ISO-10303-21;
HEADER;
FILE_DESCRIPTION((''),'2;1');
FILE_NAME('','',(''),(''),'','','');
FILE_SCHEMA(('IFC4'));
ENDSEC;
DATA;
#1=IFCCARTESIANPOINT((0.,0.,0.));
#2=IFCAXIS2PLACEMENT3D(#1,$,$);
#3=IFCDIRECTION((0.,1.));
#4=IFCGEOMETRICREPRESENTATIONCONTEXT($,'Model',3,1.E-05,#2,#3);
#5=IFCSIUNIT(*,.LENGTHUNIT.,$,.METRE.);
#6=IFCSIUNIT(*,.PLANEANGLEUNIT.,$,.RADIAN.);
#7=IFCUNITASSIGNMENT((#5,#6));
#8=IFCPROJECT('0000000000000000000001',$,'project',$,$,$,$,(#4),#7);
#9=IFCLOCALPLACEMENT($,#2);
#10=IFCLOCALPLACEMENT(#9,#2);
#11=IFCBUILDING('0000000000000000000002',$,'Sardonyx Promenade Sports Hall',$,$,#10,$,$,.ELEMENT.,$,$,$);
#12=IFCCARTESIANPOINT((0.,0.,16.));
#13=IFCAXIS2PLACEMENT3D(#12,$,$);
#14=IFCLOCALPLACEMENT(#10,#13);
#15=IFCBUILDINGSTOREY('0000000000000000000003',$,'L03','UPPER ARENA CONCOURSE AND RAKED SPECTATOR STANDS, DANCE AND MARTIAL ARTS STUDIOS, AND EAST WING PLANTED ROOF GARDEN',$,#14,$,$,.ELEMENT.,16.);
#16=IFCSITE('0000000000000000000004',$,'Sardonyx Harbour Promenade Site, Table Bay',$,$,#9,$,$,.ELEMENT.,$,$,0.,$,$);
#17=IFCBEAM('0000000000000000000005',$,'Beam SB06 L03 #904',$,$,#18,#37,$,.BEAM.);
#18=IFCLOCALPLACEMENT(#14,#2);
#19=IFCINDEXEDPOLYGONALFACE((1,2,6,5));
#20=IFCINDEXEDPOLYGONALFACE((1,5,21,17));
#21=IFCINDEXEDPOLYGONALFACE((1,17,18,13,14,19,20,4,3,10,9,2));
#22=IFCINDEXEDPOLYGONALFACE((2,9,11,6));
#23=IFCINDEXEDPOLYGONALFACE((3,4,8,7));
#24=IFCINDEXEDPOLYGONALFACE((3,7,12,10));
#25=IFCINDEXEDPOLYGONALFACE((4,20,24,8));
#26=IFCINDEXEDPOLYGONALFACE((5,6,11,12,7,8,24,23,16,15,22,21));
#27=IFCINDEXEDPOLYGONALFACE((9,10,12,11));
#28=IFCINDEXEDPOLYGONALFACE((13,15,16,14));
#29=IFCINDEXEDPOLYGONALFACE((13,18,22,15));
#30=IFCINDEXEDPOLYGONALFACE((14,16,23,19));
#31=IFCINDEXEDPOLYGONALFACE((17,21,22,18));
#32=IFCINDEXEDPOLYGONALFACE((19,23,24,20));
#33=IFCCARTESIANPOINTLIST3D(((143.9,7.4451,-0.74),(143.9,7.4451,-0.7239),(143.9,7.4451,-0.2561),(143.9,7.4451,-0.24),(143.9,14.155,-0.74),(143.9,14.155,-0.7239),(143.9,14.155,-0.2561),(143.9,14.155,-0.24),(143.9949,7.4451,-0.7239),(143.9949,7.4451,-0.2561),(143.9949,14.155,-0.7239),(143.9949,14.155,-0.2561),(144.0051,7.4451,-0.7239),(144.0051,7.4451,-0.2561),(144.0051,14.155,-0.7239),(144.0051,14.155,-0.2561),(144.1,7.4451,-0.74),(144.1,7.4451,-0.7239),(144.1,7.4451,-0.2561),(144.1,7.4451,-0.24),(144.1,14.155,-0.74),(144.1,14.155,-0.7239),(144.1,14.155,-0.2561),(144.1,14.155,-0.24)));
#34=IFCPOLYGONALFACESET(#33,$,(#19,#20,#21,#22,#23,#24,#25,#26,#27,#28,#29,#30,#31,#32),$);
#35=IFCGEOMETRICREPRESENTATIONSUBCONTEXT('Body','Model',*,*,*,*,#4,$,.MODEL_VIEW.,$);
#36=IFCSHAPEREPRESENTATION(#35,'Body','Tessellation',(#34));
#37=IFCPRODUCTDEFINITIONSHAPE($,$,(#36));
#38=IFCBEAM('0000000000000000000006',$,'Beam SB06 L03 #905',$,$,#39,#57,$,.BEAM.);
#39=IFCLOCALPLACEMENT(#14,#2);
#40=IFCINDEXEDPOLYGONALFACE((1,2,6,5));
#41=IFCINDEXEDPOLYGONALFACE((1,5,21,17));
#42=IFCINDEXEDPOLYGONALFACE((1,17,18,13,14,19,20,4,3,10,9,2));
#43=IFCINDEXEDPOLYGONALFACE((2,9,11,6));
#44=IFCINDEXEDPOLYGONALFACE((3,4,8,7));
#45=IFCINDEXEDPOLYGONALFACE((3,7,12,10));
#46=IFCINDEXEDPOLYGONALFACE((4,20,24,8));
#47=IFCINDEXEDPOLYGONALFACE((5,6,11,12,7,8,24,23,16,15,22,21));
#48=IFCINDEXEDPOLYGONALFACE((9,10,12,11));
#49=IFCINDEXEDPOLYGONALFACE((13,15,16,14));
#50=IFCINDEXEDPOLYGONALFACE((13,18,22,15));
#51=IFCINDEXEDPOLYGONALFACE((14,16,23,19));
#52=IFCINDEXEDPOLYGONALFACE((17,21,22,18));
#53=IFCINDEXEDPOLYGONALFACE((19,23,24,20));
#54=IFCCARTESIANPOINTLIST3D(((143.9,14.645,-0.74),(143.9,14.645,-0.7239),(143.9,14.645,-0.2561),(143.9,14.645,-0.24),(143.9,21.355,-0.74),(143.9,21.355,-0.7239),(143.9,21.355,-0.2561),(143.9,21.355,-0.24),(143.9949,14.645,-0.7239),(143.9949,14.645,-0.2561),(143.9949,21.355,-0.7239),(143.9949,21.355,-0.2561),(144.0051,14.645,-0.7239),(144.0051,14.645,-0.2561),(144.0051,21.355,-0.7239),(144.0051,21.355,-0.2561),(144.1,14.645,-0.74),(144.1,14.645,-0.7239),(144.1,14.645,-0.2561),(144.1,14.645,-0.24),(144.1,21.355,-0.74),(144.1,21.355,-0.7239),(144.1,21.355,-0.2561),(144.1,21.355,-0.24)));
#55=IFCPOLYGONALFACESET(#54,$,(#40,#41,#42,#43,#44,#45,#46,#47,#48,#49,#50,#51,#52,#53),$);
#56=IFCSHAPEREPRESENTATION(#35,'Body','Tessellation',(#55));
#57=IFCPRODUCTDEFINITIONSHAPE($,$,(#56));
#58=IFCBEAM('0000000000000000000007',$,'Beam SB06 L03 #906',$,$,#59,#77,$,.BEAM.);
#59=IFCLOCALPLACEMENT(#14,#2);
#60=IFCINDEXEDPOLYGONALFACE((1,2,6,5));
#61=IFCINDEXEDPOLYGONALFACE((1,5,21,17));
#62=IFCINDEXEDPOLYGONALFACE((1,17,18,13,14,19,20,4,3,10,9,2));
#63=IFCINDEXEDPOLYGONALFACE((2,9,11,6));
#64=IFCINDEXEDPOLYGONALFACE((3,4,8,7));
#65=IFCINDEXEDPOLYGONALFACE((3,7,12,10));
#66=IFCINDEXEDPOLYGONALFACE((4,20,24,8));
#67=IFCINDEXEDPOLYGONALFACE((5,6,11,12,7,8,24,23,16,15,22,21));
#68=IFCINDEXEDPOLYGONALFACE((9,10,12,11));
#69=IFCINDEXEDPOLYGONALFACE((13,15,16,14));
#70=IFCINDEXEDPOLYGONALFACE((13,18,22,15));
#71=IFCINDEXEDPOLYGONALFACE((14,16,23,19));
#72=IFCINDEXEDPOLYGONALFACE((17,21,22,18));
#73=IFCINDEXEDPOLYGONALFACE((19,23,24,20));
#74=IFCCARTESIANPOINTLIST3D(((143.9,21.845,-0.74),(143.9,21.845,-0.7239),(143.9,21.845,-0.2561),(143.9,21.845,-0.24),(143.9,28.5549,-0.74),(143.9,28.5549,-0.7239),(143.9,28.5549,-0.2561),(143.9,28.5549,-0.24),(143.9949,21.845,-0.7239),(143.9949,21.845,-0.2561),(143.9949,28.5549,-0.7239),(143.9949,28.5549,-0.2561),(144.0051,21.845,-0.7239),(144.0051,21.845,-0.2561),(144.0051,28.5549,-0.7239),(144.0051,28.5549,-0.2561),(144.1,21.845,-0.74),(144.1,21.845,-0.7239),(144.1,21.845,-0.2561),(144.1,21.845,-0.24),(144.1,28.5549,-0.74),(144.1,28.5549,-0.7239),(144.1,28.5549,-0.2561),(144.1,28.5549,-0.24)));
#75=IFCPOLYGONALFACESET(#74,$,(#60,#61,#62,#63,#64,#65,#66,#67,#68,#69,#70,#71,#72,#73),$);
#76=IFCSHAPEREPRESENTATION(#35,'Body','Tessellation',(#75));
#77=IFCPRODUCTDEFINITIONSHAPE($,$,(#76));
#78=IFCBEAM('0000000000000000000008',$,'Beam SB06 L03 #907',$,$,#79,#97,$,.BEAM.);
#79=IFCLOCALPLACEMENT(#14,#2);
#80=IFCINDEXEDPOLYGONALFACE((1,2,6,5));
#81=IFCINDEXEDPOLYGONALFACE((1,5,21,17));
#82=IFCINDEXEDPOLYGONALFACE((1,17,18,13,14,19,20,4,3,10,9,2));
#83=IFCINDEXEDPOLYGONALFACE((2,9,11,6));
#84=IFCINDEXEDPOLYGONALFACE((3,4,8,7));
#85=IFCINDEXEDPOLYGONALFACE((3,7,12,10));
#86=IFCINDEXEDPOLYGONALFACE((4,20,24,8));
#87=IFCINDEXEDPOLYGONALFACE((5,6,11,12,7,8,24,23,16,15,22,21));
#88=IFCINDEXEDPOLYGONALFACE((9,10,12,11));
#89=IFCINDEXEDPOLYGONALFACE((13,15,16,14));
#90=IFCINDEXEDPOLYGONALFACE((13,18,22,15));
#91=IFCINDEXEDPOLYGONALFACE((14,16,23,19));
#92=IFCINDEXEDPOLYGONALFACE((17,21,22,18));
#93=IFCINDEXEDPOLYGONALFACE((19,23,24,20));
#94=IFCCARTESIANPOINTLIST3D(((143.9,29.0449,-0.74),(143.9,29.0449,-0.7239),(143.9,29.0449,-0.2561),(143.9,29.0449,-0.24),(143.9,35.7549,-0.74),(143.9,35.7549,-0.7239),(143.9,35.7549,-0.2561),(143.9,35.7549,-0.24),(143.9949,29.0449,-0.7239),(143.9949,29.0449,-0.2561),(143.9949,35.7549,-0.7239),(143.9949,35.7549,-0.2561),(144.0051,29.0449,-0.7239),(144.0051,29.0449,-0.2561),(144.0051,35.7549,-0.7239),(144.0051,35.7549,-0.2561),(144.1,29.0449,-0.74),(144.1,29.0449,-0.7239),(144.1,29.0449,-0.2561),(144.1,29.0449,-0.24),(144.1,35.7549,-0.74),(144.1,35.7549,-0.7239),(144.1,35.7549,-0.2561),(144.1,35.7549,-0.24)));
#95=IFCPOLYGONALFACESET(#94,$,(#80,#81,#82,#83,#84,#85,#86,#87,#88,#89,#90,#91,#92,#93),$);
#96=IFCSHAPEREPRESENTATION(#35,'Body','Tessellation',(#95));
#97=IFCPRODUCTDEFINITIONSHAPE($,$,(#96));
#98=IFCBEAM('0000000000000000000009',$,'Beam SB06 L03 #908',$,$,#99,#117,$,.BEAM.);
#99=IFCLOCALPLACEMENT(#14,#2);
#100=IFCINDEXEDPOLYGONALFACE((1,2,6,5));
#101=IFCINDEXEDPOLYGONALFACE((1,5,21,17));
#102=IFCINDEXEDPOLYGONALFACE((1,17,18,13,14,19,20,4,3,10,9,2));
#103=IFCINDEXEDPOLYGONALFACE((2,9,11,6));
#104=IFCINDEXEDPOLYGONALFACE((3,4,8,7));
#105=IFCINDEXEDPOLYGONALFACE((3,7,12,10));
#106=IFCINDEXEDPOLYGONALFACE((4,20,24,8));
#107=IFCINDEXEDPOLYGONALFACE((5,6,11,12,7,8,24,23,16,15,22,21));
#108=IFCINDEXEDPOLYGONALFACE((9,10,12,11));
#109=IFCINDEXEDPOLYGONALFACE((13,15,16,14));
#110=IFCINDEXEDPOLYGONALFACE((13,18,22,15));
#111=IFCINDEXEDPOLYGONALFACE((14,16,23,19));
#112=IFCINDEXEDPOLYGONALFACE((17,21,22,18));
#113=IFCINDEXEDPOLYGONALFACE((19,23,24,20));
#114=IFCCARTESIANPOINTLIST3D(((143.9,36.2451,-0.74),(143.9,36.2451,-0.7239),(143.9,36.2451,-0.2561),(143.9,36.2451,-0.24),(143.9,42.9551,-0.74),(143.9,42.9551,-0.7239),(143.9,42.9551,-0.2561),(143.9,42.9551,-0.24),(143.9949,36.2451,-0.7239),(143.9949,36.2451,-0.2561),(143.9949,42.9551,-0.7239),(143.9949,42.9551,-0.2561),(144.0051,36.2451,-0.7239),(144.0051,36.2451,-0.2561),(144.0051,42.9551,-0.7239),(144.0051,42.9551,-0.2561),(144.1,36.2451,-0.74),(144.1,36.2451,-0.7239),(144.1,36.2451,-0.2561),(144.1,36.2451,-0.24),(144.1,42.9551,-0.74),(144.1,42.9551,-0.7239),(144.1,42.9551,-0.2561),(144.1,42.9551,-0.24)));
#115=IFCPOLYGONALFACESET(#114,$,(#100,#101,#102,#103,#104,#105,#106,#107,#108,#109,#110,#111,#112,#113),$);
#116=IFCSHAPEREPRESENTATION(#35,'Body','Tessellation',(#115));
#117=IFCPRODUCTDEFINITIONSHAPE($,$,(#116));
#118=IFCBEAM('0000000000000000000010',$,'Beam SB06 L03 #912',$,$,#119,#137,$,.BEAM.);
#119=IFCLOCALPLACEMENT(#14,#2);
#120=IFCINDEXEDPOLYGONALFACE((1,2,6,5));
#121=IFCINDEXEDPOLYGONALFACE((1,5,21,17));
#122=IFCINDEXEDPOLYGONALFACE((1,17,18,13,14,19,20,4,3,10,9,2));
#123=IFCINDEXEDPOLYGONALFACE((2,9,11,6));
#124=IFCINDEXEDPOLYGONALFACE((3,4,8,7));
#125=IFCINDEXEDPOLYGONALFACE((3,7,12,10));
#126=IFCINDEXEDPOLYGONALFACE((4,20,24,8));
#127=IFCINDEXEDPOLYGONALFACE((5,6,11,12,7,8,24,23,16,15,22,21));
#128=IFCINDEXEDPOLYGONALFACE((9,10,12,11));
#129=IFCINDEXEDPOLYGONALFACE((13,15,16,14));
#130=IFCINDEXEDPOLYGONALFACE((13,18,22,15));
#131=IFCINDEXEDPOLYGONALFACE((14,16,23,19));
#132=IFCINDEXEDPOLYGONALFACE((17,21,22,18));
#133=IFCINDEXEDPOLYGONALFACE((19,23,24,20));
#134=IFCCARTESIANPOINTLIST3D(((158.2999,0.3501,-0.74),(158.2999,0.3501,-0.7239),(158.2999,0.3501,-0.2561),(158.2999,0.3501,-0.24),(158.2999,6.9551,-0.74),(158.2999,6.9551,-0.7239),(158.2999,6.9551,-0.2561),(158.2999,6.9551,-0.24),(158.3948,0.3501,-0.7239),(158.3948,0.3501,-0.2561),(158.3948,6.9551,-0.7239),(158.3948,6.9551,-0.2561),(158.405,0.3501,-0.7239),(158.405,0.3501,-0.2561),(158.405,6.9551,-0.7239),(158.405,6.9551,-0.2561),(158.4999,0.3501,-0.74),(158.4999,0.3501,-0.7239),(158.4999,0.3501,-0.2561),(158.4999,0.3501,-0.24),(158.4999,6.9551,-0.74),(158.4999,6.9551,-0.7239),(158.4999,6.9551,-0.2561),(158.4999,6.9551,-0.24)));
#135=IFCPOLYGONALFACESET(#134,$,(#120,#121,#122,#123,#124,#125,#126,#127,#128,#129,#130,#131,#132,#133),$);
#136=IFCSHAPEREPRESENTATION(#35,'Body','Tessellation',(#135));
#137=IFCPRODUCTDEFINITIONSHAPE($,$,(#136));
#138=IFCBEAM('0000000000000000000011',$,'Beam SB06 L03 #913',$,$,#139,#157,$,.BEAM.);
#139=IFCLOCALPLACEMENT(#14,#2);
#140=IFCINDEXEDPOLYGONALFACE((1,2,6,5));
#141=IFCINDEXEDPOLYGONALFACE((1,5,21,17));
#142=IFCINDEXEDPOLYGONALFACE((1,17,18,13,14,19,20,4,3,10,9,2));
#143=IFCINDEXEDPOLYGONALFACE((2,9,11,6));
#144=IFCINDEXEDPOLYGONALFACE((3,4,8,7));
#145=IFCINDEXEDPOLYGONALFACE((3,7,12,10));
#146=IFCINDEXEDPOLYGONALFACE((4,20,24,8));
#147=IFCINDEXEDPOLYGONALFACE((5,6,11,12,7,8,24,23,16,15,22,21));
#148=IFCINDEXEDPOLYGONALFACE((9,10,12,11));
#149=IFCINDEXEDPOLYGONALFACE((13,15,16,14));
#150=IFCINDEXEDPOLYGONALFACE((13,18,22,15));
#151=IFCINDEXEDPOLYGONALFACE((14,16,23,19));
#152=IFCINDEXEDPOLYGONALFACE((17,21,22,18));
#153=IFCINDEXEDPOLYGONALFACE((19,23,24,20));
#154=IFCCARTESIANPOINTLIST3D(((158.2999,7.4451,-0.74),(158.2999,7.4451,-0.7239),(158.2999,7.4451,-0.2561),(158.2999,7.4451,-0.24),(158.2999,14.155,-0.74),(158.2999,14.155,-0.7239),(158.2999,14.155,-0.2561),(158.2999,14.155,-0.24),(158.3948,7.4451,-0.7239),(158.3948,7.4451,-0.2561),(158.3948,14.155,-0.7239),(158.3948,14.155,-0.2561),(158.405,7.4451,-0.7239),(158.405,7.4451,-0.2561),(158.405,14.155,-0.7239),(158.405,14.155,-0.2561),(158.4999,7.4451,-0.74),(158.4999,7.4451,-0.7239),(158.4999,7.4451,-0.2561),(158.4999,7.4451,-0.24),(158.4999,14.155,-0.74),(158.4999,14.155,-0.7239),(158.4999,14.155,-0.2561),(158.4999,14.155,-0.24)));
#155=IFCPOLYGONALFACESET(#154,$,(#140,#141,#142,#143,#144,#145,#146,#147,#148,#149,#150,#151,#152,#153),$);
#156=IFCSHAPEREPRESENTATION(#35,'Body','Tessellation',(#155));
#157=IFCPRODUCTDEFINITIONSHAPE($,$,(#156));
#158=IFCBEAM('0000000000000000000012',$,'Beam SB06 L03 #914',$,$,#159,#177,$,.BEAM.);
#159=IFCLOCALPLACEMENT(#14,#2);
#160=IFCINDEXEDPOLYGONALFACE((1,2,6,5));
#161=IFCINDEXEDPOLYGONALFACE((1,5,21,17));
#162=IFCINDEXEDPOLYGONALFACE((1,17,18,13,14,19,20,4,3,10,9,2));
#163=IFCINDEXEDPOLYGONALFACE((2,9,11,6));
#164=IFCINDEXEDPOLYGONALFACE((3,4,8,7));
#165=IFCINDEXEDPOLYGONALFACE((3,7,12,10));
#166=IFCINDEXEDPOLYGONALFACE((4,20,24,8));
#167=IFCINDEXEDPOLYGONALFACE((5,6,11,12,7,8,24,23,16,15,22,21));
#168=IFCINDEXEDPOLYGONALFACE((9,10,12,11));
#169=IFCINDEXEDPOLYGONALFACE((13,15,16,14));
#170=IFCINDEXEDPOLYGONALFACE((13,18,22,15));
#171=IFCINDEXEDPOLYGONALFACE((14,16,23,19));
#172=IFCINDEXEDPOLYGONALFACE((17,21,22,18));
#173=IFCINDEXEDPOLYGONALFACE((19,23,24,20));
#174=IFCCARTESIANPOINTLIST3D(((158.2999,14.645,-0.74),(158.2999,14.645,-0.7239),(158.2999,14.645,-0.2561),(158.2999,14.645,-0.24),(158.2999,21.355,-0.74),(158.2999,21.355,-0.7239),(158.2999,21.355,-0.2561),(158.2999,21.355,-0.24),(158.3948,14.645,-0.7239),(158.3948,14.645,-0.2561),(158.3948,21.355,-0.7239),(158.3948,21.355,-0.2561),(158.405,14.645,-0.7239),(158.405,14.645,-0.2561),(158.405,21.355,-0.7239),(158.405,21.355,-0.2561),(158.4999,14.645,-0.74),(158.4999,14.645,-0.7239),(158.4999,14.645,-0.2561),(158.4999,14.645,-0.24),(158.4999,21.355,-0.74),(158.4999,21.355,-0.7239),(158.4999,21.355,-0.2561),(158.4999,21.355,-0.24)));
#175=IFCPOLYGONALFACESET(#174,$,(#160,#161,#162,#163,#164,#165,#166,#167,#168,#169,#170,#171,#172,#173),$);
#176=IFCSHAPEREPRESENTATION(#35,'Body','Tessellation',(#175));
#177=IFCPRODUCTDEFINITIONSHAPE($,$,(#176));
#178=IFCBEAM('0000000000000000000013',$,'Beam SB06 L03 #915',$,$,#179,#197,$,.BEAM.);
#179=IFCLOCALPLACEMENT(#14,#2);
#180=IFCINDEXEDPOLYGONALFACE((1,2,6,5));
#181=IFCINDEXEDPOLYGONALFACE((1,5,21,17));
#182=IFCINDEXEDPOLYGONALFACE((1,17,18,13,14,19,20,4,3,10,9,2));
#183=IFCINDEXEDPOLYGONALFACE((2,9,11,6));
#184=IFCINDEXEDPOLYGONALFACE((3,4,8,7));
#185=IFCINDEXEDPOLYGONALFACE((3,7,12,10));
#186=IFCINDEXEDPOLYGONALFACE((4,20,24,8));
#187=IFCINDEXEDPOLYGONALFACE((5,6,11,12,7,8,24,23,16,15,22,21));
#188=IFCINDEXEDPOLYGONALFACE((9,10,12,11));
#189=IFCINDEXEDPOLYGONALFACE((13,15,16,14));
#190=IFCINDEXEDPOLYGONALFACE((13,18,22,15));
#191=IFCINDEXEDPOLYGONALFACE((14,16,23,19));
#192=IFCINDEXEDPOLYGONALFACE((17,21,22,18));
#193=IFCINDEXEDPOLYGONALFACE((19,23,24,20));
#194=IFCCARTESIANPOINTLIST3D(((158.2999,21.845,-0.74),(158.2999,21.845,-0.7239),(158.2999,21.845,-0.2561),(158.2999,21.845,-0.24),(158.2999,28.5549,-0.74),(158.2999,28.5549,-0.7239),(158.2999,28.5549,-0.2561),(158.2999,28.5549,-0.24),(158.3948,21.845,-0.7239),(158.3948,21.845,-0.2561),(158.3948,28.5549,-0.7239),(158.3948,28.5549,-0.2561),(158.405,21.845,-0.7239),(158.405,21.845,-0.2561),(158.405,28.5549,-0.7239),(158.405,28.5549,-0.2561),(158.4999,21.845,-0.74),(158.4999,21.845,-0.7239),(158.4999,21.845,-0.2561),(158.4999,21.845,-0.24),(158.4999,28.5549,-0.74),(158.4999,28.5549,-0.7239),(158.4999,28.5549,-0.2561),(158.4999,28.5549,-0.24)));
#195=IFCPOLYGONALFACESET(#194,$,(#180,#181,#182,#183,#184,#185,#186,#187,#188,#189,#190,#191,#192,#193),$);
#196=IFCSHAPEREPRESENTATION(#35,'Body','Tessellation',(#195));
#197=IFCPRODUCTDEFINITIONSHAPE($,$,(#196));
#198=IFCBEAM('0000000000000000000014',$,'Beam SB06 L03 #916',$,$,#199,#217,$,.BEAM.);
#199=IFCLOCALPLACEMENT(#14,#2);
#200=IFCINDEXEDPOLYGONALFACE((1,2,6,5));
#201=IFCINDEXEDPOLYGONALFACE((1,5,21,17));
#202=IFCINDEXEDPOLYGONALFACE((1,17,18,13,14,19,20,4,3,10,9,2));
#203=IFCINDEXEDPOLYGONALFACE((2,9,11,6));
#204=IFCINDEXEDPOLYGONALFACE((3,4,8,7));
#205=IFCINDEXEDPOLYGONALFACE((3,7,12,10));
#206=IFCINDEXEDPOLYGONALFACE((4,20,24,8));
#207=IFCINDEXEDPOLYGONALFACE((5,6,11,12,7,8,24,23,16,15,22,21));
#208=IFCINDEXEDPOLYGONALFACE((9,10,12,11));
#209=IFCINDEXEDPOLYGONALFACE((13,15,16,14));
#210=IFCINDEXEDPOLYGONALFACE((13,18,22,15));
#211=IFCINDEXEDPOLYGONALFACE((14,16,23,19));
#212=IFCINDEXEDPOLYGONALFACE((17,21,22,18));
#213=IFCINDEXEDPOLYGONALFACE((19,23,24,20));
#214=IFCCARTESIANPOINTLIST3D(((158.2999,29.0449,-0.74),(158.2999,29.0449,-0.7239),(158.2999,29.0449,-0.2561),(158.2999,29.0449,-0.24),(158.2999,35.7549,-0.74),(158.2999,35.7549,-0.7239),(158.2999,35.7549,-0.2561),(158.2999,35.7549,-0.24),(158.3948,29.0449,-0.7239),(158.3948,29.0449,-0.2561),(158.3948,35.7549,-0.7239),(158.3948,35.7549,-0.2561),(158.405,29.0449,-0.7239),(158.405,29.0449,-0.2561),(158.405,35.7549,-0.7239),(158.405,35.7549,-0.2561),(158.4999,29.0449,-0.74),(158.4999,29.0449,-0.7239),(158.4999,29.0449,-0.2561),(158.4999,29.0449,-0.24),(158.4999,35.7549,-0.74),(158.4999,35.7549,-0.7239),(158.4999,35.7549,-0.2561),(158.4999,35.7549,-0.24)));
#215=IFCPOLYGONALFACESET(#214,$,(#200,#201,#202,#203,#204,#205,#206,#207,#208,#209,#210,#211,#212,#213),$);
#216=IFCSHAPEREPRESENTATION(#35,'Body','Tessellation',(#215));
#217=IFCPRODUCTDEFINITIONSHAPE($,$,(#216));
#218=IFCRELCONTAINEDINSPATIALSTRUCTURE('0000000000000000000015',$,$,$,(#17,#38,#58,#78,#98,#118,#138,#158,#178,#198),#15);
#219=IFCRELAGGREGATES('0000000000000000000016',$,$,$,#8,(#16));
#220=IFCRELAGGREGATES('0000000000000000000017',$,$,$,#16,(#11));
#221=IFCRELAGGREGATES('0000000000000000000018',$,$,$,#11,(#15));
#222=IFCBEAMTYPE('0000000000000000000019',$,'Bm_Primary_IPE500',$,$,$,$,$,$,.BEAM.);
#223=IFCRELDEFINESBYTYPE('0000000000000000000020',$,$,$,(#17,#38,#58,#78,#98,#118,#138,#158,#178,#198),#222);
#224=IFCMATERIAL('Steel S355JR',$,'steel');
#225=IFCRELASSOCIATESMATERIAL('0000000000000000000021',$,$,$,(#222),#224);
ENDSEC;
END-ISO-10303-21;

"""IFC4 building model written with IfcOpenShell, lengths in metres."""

from ifc_helpers import new_model, si_unit, direction, frame, origin, origin_2d, place, context, subcontext, project, spatial, i_section, extrude, material, material_profile, profile_set, type_object, element, save


model = new_model("IFC4")

# Units and contexts
model_context = context("Model", 3, precision=1e-05, world=origin(), true_north=direction((0.0, 1.0)))
body_context = subcontext(model_context, "Body", "Model", "MODEL_VIEW")
ifc_project = project(units=[si_unit("LENGTHUNIT", "METRE"), si_unit("PLANEANGLEUNIT", "RADIAN")], contexts=[model_context])

# Site, building, storey
site_placement = place(None, origin())
site = spatial("IfcSite", under=ifc_project, at=site_placement, Name="Sardonyx Harbour Promenade Site, Table Bay", CompositionType="ELEMENT", RefElevation=0.0)
building_placement = place(site_placement, origin())
building = spatial("IfcBuilding", under=site, at=building_placement, Name="Sardonyx Promenade Sports Hall", CompositionType="ELEMENT")
storey_placement = place(building_placement, frame((0.0, 0.0, 16.0)))
storey = spatial("IfcBuildingStorey", under=building, at=storey_placement, Name="L03", Description="UPPER ARENA CONCOURSE AND RAKED SPECTATOR STANDS, DANCE AND MARTIAL ARTS STUDIOS, AND EAST WING PLANTED ROOF GARDEN", CompositionType="ELEMENT", Elevation=16.0)

# Beams
ifc_material_1 = material(Name="Steel S355JR", Category="steel")
ifc_material_profile_1 = material_profile(ifc_material_1, i_section(OverallWidth=0.2, OverallDepth=0.5, WebThickness=0.0103, FlangeThickness=0.0161, at=origin_2d()))
ifc_profile_set_1 = profile_set([ifc_material_profile_1], Name="Steel S355JR")
beam_type_1 = type_object("IfcBeamType", Name="Bm_Primary_IPE500", PredefinedType="BEAM", material=ifc_profile_set_1)
for number, where, z_axis, x_axis, name in (
    (1, (144.0, 7.4451, -0.49), (0.0, 1.0, 0.0), (-1.0, 0.0, 0.0), "Beam SB06 L03 #904"),
    (2, (144.0, 14.645, -0.49), (0.0, 1.0, 0.0), (-1.0, 0.0, 0.0), "Beam SB06 L03 #905"),
    (3, (144.0, 21.845, -0.49), (0.0, 1.0, 0.0), (-1.0, 0.0, 0.0), "Beam SB06 L03 #906"),
    (4, (144.0, 29.0449, -0.49), (0.0, 1.0, 0.0), (-1.0, 0.0, 0.0), "Beam SB06 L03 #907"),
    (5, (144.0, 36.2451, -0.49), (0.0, 1.0, 0.0), (-1.0, 0.0, 0.0), "Beam SB06 L03 #908"),
):
    element("IfcBeam", number, at=place(storey_placement, frame(where, z_axis=z_axis, x_axis=x_axis)), inside=storey, type_object=beam_type_1, Name=name, PredefinedType="BEAM", context=body_context, shape_type="SweptSolid", body=[
        extrude(i_section(OverallWidth=0.2, OverallDepth=0.5, WebThickness=0.0103, FlangeThickness=0.0161, at=origin_2d()), origin(), (0.0, 0.0, 1.0), 6.71),
    ])
beam_1_placement = place(storey_placement, frame((158.3999, 0.3501, -0.49), z_axis=(0.0, 1.0, 0.0), x_axis=(-1.0, 0.0, 0.0)))
element("IfcBeam", 6, at=beam_1_placement, inside=storey, type_object=beam_type_1, Name="Beam SB06 L03 #912", PredefinedType="BEAM", context=body_context, shape_type="SweptSolid", body=[
    extrude(i_section(OverallWidth=0.2, OverallDepth=0.5, WebThickness=0.0103, FlangeThickness=0.0161, at=origin_2d()), origin(), (0.0, 0.0, 1.0), 6.605),
])
for number, where, z_axis, x_axis, name in (
    (7, (158.3999, 7.4451, -0.49), (0.0, 1.0, 0.0), (-1.0, 0.0, 0.0), "Beam SB06 L03 #913"),
    (8, (158.3999, 14.645, -0.49), (0.0, 1.0, 0.0), (-1.0, 0.0, 0.0), "Beam SB06 L03 #914"),
    (9, (158.3999, 21.845, -0.49), (0.0, 1.0, 0.0), (-1.0, 0.0, 0.0), "Beam SB06 L03 #915"),
    (10, (158.3999, 29.0449, -0.49), (0.0, 1.0, 0.0), (-1.0, 0.0, 0.0), "Beam SB06 L03 #916"),
):
    element("IfcBeam", number, at=place(storey_placement, frame(where, z_axis=z_axis, x_axis=x_axis)), inside=storey, type_object=beam_type_1, Name=name, PredefinedType="BEAM", context=body_context, shape_type="SweptSolid", body=[
        extrude(i_section(OverallWidth=0.2, OverallDepth=0.5, WebThickness=0.0103, FlangeThickness=0.0161, at=origin_2d()), origin(), (0.0, 0.0, 1.0), 6.71),
    ])

save(model, "model.ifc")
